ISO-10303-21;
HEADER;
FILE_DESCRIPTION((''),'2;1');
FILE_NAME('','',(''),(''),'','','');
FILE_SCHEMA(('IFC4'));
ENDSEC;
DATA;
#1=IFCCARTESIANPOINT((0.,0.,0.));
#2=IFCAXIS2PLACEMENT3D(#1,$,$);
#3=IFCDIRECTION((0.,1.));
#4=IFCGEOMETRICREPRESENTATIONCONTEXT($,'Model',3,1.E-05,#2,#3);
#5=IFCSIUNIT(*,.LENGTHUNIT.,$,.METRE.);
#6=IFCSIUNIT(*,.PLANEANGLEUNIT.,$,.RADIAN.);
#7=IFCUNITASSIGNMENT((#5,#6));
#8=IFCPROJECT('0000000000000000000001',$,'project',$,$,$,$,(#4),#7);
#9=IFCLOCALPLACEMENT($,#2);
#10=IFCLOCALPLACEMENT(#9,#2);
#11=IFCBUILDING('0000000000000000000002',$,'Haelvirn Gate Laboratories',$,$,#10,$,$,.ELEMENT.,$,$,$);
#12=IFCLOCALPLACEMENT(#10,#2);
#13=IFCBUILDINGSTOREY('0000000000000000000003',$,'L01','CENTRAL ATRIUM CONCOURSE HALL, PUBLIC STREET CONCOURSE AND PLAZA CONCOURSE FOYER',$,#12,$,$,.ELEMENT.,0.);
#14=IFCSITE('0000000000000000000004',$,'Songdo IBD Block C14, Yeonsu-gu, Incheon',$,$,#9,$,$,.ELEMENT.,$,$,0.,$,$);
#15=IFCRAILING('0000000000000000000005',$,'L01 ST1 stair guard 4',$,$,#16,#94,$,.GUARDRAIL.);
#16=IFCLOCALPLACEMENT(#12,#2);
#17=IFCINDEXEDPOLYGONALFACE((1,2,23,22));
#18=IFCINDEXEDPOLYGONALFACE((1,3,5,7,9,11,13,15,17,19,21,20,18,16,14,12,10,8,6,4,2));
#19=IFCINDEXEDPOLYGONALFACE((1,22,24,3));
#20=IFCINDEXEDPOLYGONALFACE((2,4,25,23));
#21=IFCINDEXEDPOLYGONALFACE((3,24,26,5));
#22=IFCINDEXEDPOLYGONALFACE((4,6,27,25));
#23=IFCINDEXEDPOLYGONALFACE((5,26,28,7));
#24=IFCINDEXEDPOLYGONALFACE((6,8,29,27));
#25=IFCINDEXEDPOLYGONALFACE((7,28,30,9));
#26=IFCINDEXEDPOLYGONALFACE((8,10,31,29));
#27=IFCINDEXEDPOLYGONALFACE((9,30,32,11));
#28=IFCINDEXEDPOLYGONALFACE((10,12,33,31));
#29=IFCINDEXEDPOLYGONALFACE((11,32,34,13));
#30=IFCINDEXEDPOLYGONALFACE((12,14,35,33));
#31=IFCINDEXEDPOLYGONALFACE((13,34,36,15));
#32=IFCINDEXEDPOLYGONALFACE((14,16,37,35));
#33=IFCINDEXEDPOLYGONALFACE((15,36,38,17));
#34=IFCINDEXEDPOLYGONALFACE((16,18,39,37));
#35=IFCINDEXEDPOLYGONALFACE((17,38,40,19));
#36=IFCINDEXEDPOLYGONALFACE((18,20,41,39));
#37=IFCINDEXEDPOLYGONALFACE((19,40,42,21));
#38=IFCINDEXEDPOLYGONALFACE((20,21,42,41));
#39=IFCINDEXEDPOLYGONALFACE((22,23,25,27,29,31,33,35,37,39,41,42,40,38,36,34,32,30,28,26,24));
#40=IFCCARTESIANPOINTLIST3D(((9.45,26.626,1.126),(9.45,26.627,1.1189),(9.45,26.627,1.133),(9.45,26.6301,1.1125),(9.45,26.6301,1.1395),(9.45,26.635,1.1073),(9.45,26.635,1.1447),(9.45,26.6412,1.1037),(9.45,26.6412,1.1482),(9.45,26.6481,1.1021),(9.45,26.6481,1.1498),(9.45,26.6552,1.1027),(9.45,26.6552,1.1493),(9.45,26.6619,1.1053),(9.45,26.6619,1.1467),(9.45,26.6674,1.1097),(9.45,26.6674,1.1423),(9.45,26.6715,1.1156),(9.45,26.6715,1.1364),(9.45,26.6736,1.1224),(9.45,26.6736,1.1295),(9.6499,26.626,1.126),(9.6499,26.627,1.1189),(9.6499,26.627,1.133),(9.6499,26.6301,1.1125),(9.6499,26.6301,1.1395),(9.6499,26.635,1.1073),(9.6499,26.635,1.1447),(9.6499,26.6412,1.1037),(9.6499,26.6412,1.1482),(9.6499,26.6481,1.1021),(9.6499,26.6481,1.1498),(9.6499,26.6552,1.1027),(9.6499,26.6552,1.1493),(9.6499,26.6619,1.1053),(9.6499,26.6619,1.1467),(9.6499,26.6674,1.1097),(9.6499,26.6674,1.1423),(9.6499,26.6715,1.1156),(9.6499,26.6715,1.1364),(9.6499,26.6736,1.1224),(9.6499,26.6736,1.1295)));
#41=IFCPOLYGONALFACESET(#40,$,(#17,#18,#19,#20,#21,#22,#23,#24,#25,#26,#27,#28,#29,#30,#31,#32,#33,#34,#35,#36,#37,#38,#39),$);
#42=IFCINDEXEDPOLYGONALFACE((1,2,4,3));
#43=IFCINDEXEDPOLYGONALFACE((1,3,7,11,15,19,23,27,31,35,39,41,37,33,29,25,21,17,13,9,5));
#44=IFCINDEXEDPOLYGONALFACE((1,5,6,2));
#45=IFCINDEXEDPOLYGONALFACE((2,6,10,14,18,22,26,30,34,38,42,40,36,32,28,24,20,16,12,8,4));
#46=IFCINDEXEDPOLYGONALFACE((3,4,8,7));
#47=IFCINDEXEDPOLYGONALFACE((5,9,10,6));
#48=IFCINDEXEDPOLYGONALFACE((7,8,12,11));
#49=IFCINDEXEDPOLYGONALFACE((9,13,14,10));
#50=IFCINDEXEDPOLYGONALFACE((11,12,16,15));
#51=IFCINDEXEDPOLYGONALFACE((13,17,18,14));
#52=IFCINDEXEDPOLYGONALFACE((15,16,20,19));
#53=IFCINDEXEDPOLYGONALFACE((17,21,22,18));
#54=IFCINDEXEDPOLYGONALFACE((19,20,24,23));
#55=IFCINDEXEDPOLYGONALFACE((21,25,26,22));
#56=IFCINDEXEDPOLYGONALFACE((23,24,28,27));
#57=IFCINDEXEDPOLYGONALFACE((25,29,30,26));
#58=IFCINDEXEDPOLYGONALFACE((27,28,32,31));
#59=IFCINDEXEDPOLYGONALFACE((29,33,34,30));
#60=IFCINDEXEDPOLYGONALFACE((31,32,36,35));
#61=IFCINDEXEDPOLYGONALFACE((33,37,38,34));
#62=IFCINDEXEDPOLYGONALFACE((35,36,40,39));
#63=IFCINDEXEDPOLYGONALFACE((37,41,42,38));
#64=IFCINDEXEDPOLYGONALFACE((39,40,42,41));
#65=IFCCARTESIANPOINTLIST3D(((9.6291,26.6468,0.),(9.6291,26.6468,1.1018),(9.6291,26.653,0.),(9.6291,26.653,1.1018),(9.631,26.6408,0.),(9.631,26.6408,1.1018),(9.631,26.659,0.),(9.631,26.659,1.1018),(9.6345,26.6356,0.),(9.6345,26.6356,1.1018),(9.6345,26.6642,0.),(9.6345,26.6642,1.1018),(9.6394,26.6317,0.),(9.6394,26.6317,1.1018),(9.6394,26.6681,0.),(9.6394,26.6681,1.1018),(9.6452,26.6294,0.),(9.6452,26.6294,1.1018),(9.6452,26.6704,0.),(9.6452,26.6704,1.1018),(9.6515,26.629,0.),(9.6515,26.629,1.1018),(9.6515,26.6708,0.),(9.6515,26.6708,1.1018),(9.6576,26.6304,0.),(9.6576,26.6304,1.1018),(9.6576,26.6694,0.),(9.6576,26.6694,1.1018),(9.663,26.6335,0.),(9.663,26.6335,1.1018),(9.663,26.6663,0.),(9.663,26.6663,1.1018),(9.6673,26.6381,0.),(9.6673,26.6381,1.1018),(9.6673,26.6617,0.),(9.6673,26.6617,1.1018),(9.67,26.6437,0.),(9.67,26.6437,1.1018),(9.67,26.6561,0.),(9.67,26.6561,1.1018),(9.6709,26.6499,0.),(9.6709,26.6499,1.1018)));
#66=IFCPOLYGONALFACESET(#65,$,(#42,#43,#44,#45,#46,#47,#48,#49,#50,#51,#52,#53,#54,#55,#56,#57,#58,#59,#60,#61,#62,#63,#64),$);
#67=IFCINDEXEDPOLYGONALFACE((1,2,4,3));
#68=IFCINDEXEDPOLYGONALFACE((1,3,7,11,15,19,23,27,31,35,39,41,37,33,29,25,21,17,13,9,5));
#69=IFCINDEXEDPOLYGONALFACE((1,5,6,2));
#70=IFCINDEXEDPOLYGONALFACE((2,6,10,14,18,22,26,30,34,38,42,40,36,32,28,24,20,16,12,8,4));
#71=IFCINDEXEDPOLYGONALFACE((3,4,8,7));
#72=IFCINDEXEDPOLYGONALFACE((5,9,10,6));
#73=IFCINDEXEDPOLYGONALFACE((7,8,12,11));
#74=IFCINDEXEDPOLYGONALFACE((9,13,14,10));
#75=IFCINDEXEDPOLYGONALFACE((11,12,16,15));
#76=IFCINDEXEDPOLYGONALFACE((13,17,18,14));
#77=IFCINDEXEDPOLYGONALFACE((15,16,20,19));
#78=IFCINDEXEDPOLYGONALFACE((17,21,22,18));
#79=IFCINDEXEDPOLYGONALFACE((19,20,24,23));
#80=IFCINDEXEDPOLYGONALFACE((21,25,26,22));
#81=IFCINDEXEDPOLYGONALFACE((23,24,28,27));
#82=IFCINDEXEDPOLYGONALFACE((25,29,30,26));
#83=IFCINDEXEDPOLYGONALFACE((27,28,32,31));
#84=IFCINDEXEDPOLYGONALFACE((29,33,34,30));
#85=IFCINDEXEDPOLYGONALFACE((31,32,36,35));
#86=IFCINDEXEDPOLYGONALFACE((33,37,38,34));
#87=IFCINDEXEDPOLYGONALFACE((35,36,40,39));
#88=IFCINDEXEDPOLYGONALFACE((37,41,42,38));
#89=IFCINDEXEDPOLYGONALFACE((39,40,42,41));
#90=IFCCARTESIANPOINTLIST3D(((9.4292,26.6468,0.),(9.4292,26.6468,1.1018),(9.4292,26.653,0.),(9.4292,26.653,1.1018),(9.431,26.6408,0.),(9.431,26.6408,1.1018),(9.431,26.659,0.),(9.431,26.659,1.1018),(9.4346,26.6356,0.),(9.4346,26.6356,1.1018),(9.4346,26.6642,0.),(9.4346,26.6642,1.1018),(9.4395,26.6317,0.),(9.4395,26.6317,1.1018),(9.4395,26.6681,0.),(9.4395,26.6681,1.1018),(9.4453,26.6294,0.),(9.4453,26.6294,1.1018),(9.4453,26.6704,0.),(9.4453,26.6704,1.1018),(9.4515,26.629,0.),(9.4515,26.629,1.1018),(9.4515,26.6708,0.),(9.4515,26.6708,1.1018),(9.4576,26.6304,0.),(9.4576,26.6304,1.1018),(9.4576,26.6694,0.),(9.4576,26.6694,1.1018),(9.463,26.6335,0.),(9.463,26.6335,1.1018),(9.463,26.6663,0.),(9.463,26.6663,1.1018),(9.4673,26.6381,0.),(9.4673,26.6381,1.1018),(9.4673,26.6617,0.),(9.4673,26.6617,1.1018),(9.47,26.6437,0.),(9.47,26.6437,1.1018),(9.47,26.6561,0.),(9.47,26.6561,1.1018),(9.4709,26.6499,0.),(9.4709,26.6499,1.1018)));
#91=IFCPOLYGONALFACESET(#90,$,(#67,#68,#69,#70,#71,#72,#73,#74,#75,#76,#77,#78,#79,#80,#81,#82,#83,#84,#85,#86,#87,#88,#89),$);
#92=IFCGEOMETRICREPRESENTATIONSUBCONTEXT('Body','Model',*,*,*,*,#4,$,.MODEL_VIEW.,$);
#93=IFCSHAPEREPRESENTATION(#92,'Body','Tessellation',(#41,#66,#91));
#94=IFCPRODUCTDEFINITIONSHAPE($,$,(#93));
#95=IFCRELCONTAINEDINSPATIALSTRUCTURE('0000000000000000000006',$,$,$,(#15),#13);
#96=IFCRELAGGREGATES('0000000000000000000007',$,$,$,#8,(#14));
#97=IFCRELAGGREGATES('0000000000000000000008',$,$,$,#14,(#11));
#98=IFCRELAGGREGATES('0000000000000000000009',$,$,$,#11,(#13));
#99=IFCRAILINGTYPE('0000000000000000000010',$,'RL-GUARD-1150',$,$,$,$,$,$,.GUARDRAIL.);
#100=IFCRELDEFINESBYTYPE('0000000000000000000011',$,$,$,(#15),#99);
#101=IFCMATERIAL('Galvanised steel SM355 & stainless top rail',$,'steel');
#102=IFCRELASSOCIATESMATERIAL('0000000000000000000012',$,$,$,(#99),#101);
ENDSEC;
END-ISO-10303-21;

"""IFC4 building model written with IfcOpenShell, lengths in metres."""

from ifc_helpers import new_model, si_unit, direction, frame, origin, origin_2d, place, context, subcontext, project, spatial, circle, extrude, source, transform, mapped, material, type_object, element, save


model = new_model("IFC4")

# Units and contexts
model_context = context("Model", 3, precision=1e-05, world=origin(), true_north=direction((0.0, 1.0)))
body_context = subcontext(model_context, "Body", "Model", "MODEL_VIEW")
ifc_project = project(units=[si_unit("LENGTHUNIT", "METRE"), si_unit("PLANEANGLEUNIT", "RADIAN")], contexts=[model_context])

# Site, building, storey
site_placement = place(None, origin())
site = spatial("IfcSite", under=ifc_project, at=site_placement, Name="Songdo IBD Block C14, Yeonsu-gu, Incheon", CompositionType="ELEMENT", RefElevation=0.0)
building_placement = place(site_placement, origin())
building = spatial("IfcBuilding", under=site, at=building_placement, Name="Haelvirn Gate Laboratories", CompositionType="ELEMENT")
storey_placement = place(building_placement, origin())
storey = spatial("IfcBuildingStorey", under=building, at=storey_placement, Name="L01", Description="CENTRAL ATRIUM CONCOURSE HALL, PUBLIC STREET CONCOURSE AND PLAZA CONCOURSE FOYER", CompositionType="ELEMENT", Elevation=0.0)

# Railing
ifc_material_1 = material(Name="Galvanised steel SM355 & stainless top rail", Category="steel")
railing_type_1 = type_object("IfcRailingType", Name="RL-GUARD-1150", PredefinedType="GUARDRAIL", material=ifc_material_1)
shared_shape_1 = source(origin(), body_context, "Body", "SweptSolid", [
    extrude(circle(Radius=0.0239, at=origin_2d()), frame((0.0, 0.0, 1.126), z_axis=(-1.0, 0.0, 0.0), x_axis=(0.0, -1.0, 0.0)), (0.0, 0.0, 1.0), 0.2),
    extrude(circle(Radius=0.021, at=origin_2d()), origin(), (0.0, 0.0, 1.0), 1.1018),
    extrude(circle(Radius=0.021, at=origin_2d()), frame((-0.2, 0.0, 0.0)), (0.0, 0.0, 1.0), 1.1018),
])
for number, where, name in (
    (1, (9.6499, 26.6499, 0.0), "L01 ST1 stair guard 4"),
):
    element("IfcRailing", number, at=place(storey_placement, frame(where)), inside=storey, type_object=railing_type_1, Name=name, PredefinedType="GUARDRAIL", context=body_context, shape_type="MappedRepresentation", body=[
        mapped(shared_shape_1, transform((0.0, 0.0, 0.0), scale=1.0)),
    ])

save(model, "model.ifc")
